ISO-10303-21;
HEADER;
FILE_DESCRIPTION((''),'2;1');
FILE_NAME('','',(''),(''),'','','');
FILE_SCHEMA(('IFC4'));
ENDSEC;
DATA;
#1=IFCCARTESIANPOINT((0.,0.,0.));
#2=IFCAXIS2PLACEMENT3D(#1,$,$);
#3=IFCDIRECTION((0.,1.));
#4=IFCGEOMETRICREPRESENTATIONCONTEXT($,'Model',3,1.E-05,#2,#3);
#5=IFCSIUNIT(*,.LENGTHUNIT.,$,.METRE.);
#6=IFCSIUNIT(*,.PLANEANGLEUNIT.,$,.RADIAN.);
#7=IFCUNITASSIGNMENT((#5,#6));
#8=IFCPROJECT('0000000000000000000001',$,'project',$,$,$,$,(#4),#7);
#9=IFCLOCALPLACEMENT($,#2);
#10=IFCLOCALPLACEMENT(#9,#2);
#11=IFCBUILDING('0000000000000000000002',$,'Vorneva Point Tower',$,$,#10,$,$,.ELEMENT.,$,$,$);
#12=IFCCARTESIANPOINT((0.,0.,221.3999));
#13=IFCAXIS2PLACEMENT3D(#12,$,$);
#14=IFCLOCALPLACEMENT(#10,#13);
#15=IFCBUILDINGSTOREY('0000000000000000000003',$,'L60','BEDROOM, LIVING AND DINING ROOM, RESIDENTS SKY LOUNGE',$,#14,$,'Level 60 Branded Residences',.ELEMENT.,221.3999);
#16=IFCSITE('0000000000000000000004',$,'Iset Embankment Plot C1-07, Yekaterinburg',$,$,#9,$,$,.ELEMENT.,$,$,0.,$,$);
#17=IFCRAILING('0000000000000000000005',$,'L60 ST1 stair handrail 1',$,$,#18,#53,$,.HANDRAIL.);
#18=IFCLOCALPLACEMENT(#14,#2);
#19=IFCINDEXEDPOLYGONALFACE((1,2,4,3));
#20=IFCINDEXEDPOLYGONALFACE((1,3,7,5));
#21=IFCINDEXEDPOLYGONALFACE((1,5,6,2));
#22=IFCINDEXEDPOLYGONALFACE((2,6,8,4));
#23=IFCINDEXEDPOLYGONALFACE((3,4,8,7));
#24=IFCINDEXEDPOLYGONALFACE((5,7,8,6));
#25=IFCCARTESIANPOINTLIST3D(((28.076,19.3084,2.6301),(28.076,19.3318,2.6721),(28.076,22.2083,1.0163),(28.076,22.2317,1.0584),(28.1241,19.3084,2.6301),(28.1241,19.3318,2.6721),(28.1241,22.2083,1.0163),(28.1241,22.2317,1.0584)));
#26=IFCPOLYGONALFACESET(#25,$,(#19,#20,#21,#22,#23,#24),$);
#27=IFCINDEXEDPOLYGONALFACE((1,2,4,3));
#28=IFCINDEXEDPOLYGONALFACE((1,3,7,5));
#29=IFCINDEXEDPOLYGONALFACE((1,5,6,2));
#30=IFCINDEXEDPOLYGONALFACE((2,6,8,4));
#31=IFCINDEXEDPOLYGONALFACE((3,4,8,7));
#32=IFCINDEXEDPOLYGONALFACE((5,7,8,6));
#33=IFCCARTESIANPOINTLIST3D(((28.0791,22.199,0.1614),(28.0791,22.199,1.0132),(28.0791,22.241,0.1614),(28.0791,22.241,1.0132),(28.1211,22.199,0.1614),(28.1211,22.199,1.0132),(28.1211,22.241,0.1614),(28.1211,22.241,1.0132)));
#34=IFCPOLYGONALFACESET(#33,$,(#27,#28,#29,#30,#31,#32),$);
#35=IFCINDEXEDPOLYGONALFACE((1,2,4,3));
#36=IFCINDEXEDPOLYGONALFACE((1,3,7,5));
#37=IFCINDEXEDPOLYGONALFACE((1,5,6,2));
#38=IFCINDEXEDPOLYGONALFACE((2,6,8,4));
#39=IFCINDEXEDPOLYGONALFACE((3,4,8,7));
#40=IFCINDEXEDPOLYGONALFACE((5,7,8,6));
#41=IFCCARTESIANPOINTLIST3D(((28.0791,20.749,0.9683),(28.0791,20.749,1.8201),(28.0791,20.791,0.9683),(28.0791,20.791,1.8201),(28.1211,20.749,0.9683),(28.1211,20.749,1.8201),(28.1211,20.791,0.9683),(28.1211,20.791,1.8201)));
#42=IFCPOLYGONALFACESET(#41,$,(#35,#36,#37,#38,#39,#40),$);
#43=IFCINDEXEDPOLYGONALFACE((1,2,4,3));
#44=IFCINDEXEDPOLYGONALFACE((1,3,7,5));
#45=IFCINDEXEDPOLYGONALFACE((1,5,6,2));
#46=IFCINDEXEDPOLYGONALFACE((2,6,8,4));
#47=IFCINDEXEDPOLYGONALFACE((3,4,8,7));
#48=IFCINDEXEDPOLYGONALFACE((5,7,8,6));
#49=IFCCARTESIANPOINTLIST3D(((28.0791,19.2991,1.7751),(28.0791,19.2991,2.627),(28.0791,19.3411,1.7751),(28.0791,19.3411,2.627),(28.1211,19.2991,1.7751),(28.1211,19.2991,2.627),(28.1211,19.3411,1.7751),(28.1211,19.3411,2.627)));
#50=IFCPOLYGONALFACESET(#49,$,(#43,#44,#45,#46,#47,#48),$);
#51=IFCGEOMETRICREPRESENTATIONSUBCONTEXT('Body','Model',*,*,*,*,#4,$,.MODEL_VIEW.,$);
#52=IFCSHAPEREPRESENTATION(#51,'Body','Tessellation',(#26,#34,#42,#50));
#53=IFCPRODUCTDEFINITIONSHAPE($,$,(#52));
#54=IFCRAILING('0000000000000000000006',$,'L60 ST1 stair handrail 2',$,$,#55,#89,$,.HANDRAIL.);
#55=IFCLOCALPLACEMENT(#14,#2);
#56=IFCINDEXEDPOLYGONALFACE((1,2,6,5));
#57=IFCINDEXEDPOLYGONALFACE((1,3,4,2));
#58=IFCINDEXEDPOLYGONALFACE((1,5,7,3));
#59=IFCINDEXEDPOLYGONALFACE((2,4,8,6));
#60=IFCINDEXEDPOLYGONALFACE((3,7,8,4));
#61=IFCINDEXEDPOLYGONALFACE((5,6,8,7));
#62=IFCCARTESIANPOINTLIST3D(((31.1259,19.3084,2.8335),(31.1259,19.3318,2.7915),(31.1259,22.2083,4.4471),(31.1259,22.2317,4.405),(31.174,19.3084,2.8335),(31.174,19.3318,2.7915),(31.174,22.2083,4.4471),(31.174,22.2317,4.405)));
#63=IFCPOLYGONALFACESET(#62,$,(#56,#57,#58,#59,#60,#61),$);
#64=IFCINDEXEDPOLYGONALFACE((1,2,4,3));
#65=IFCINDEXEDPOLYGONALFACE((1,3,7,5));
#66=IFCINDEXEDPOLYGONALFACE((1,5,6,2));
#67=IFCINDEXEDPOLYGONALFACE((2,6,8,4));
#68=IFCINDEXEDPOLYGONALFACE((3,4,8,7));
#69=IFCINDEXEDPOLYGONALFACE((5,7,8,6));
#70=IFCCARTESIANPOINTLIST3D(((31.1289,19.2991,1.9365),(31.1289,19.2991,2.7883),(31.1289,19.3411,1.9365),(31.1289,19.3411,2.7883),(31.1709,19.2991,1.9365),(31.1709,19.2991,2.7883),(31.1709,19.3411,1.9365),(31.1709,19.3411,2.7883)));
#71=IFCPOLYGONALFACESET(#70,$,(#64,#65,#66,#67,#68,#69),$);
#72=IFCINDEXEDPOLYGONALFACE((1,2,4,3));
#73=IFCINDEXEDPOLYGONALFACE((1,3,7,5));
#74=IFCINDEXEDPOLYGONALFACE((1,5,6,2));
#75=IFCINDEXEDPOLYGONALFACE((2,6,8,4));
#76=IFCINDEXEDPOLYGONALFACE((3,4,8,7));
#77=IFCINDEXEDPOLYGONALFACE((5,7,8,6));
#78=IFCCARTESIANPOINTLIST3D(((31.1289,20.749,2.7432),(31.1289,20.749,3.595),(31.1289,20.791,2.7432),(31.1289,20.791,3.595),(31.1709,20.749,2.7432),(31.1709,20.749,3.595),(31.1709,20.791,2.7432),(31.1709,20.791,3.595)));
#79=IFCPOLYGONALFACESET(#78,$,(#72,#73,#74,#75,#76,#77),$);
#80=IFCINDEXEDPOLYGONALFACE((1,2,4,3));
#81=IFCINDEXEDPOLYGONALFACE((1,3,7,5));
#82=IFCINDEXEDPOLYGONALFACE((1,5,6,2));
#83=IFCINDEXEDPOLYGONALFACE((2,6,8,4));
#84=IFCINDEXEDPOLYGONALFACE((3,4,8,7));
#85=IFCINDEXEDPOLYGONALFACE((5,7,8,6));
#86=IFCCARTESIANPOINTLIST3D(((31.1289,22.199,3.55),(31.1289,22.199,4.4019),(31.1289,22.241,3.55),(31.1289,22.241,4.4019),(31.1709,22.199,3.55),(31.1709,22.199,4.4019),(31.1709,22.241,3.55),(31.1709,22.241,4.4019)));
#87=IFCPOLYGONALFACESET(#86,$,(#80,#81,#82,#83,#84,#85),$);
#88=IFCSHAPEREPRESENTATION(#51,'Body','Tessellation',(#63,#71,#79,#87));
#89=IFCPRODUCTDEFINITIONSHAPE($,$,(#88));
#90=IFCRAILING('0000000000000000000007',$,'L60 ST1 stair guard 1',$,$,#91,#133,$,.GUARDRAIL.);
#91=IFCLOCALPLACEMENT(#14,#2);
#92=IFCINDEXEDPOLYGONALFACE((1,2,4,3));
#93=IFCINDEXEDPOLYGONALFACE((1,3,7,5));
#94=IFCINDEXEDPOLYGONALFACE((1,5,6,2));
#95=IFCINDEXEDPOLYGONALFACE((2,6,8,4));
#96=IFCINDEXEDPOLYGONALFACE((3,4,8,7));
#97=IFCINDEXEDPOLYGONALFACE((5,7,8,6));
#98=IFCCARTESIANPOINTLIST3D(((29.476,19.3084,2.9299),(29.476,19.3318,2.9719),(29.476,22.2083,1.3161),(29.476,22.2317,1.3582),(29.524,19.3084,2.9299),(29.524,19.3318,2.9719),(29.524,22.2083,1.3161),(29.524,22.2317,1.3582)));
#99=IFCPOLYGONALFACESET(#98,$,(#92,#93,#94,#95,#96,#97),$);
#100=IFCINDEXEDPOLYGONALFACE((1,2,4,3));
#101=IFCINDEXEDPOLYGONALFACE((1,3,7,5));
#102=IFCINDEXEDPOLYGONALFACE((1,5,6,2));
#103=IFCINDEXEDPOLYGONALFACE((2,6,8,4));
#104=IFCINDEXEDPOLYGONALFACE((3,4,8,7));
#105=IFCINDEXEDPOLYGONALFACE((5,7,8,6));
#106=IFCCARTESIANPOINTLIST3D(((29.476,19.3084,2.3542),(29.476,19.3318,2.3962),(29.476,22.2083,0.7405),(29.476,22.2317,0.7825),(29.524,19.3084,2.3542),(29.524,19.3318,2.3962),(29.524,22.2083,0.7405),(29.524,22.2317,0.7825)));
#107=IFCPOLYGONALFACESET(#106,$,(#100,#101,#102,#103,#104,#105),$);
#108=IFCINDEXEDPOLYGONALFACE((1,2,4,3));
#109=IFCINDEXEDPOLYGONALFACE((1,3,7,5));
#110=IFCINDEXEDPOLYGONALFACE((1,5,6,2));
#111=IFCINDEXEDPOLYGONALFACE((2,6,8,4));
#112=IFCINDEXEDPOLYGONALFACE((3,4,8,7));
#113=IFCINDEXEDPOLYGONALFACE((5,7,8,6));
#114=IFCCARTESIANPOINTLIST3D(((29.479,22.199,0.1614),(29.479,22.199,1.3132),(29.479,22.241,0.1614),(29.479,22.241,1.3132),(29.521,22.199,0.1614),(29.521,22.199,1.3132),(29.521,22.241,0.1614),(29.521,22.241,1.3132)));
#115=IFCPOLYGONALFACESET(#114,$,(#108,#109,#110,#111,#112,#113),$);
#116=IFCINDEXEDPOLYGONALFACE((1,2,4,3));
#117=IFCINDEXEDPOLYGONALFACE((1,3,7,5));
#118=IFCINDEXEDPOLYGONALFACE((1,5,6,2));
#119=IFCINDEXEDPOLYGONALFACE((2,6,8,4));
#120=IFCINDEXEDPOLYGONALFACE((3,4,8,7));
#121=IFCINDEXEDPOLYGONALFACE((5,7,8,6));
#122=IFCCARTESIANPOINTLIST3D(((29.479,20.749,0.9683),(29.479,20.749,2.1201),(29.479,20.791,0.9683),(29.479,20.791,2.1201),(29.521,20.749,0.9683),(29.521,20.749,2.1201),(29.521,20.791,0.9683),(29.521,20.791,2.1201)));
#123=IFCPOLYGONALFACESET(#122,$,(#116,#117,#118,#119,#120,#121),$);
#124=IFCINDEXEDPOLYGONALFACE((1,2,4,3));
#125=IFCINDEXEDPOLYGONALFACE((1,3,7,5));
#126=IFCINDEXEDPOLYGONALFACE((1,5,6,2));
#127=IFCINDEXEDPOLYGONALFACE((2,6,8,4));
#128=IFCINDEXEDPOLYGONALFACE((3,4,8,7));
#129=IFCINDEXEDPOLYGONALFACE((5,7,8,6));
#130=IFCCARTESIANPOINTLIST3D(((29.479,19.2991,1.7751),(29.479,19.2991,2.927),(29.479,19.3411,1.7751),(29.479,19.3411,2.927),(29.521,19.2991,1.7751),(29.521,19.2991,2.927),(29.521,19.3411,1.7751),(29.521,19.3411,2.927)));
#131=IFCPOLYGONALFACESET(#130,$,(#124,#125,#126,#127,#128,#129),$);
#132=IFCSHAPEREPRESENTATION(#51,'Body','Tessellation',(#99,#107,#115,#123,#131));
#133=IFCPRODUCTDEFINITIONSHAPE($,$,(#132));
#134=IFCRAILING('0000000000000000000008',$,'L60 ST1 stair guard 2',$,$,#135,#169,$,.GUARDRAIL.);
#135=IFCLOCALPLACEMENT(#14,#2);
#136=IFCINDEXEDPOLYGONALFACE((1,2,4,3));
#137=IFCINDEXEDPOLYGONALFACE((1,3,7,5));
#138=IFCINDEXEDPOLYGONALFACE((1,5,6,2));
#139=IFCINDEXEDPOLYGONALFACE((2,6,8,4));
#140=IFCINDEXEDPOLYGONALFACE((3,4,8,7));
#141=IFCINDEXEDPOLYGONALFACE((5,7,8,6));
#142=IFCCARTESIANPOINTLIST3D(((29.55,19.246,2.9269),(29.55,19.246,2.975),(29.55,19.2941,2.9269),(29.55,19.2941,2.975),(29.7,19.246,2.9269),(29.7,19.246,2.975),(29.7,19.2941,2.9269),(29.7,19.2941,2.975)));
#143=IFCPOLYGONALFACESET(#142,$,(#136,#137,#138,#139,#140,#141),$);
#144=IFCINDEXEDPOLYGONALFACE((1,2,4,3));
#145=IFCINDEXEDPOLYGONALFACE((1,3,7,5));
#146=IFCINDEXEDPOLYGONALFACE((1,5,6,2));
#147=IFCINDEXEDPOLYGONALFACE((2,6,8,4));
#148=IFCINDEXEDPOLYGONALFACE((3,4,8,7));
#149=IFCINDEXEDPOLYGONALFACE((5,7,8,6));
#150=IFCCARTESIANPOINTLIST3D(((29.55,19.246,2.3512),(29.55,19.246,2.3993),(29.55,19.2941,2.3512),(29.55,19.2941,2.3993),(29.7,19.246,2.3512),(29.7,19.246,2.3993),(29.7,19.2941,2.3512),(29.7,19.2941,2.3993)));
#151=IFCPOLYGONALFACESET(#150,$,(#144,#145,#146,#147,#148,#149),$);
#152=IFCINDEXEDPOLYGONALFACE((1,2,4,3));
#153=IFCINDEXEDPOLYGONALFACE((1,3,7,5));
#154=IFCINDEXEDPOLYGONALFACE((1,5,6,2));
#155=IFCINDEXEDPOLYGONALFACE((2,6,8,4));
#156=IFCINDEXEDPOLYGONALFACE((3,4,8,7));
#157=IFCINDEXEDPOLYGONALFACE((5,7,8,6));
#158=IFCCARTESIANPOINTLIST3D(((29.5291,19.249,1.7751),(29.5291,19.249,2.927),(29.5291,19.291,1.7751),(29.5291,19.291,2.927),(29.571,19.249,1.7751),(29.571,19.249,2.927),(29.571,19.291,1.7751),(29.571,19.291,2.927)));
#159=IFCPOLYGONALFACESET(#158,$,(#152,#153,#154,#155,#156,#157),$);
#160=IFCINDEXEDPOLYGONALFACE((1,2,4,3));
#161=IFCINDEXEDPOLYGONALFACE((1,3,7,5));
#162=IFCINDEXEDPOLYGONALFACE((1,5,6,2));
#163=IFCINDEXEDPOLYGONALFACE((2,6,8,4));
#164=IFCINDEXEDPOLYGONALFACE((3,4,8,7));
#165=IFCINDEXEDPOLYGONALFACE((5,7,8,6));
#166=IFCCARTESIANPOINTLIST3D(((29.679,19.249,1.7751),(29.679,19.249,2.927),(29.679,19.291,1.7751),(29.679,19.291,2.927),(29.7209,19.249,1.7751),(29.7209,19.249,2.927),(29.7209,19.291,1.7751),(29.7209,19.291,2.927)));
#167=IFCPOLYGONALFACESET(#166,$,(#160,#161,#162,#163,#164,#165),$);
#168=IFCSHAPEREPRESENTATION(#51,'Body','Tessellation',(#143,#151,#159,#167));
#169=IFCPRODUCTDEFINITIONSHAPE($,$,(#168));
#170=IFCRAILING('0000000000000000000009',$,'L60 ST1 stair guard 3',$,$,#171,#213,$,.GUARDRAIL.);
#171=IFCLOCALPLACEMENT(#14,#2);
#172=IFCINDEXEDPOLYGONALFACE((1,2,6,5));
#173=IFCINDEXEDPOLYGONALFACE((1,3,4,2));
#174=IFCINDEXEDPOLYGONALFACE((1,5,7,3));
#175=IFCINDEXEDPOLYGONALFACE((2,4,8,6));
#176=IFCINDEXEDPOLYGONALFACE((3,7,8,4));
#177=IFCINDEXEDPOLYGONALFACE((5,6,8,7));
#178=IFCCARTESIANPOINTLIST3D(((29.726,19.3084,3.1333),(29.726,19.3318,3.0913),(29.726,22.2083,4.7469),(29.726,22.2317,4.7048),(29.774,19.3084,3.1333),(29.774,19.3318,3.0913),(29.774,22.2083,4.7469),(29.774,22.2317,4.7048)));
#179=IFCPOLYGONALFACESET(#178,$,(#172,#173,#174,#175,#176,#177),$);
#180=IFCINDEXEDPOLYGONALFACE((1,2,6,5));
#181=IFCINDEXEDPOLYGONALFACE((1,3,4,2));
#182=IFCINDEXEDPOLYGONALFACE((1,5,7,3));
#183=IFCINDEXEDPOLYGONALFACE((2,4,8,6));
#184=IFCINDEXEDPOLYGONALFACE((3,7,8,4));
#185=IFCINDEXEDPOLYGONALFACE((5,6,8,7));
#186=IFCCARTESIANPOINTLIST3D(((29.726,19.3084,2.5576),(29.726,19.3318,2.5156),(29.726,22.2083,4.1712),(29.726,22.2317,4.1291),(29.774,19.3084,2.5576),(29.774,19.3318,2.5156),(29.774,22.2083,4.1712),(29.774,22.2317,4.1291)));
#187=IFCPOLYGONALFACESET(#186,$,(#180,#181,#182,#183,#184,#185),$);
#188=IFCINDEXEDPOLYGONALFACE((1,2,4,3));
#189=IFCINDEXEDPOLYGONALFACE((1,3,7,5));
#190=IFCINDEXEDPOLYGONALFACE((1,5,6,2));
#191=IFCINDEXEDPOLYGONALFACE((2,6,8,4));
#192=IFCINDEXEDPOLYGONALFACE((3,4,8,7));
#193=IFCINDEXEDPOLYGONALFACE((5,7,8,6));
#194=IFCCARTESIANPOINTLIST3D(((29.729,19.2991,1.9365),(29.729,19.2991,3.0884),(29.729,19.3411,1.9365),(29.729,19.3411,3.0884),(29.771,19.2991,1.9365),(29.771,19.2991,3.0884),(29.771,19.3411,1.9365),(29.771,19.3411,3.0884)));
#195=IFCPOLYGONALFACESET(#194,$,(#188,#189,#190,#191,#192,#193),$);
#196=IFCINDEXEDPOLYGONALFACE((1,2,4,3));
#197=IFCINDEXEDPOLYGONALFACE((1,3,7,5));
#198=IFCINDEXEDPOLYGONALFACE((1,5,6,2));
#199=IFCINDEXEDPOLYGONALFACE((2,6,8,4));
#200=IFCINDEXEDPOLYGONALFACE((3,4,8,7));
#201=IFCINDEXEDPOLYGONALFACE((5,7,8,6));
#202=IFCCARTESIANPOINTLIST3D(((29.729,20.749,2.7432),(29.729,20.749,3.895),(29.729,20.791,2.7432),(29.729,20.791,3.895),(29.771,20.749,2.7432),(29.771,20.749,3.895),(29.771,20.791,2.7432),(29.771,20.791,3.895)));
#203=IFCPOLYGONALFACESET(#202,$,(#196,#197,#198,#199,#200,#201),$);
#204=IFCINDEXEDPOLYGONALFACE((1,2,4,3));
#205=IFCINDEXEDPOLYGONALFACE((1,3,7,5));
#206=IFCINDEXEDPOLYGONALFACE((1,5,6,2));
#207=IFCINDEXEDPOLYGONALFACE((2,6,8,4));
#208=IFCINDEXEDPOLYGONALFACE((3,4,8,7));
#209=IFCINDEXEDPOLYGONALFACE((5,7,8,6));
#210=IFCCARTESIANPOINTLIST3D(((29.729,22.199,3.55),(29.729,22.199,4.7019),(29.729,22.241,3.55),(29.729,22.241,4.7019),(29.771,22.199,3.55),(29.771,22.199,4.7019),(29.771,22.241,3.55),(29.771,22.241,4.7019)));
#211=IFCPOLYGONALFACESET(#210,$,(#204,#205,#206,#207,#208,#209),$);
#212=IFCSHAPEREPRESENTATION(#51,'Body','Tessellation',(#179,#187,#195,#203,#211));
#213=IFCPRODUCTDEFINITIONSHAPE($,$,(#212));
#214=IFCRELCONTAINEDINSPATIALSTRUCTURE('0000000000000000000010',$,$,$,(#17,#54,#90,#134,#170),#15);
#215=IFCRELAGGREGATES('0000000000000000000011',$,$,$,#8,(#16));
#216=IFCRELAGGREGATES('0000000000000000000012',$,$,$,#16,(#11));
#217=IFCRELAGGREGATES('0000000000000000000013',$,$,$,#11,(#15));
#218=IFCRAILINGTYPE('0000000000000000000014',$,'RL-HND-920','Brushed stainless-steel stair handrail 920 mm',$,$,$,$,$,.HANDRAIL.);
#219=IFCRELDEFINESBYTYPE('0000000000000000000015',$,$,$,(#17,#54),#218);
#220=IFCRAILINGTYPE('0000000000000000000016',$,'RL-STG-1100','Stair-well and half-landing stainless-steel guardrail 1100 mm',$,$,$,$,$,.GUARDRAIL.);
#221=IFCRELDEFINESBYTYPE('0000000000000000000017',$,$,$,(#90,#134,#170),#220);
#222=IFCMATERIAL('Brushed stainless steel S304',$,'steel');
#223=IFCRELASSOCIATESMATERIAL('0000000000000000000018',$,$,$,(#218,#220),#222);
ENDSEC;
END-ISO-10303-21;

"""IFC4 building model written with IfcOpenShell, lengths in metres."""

from ifc_helpers import new_model, si_unit, direction, frame, origin, origin_2d, place, context, subcontext, project, spatial, rectangle, extrude, material, type_object, element, save


model = new_model("IFC4")

# Units and contexts
model_context = context("Model", 3, precision=1e-05, world=origin(), true_north=direction((0.0, 1.0)))
body_context = subcontext(model_context, "Body", "Model", "MODEL_VIEW")
ifc_project = project(units=[si_unit("LENGTHUNIT", "METRE"), si_unit("PLANEANGLEUNIT", "RADIAN")], contexts=[model_context])

# Site, building, storey
site_placement = place(None, origin())
site = spatial("IfcSite", under=ifc_project, at=site_placement, Name="Iset Embankment Plot C1-07, Yekaterinburg", CompositionType="ELEMENT", RefElevation=0.0)
building_placement = place(site_placement, origin())
building = spatial("IfcBuilding", under=site, at=building_placement, Name="Vorneva Point Tower", CompositionType="ELEMENT")
storey_placement = place(building_placement, frame((0.0, 0.0, 221.3999)))
storey = spatial("IfcBuildingStorey", under=building, at=storey_placement, Name="L60", Description="BEDROOM, LIVING AND DINING ROOM, RESIDENTS SKY LOUNGE", LongName="Level 60 Branded Residences", CompositionType="ELEMENT", Elevation=221.3999)

# Shared definitions
ifc_material_1 = material(Name="Brushed stainless steel S304", Category="steel")

# Railings
railing_type_1 = type_object("IfcRailingType", Name="RL-HND-920", Description="Brushed stainless-steel stair handrail 920 mm", PredefinedType="HANDRAIL", material=ifc_material_1)
railing_1_placement = place(storey_placement, frame((28.1001, 22.22, 0.1614)))
element("IfcRailing", 1, at=railing_1_placement, inside=storey, type_object=railing_type_1, Name="L60 ST1 stair handrail 1", PredefinedType="HANDRAIL", context=body_context, shape_type="SweptSolid", body=[
    extrude(rectangle(XDim=0.0481, YDim=0.0481, at=origin_2d()), frame((0.0, 0.0, 0.876), z_axis=(0.0, -0.87381, 0.486267), x_axis=(1.0, 0.0, 0.0)), (0.0, 0.0, 1.0), 3.3186),
    extrude(rectangle(XDim=0.042, YDim=0.042, at=origin_2d()), origin(), (0.0, 0.0, 1.0), 0.8518),
    extrude(rectangle(XDim=0.042, YDim=0.042, at=origin_2d()), frame((0.0, -1.45, 0.8069)), (0.0, 0.0, 1.0), 0.8518),
    extrude(rectangle(XDim=0.042, YDim=0.042, at=origin_2d()), frame((0.0, -2.8999, 1.6138)), (0.0, 0.0, 1.0), 0.8518),
])
railing_2_placement = place(storey_placement, frame((31.1499, 19.3201, 1.9365)))
element("IfcRailing", 2, at=railing_2_placement, inside=storey, type_object=railing_type_1, Name="L60 ST1 stair handrail 2", PredefinedType="HANDRAIL", context=body_context, shape_type="SweptSolid", body=[
    extrude(rectangle(XDim=0.0481, YDim=0.0481, at=origin_2d()), frame((0.0, 0.0, 0.876), z_axis=(0.0, 0.873841, 0.486211), x_axis=(-1.0, 0.0, 0.0)), (0.0, 0.0, 1.0), 3.3186),
    extrude(rectangle(XDim=0.042, YDim=0.042, at=origin_2d()), origin(), (0.0, 0.0, 1.0), 0.8518),
    extrude(rectangle(XDim=0.042, YDim=0.042, at=origin_2d()), frame((0.0, 1.45, 0.8066)), (0.0, 0.0, 1.0), 0.8518),
    extrude(rectangle(XDim=0.042, YDim=0.042, at=origin_2d()), frame((0.0, 2.8999, 1.6135)), (0.0, 0.0, 1.0), 0.8518),
])
railing_type_2 = type_object("IfcRailingType", Name="RL-STG-1100", Description="Stair-well and half-landing stainless-steel guardrail 1100 mm", PredefinedType="GUARDRAIL", material=ifc_material_1)
railing_3_placement = place(storey_placement, frame((29.5, 22.22, 0.1614)))
element("IfcRailing", 3, at=railing_3_placement, inside=storey, type_object=railing_type_2, Name="L60 ST1 stair guard 1", PredefinedType="GUARDRAIL", context=body_context, shape_type="SweptSolid", body=[
    extrude(rectangle(XDim=0.0481, YDim=0.0481, at=origin_2d()), frame((0.0, 0.0, 1.1758), z_axis=(0.0, -0.87381, 0.486267), x_axis=(1.0, 0.0, 0.0)), (0.0, 0.0, 1.0), 3.3186),
    extrude(rectangle(XDim=0.0481, YDim=0.0481, at=origin_2d()), frame((0.0, 0.0, 0.6001), z_axis=(0.0, -0.87381, 0.486267), x_axis=(1.0, 0.0, 0.0)), (0.0, 0.0, 1.0), 3.3186),
    extrude(rectangle(XDim=0.042, YDim=0.042, at=origin_2d()), origin(), (0.0, 0.0, 1.0), 1.1519),
    extrude(rectangle(XDim=0.042, YDim=0.042, at=origin_2d()), frame((0.0, -1.45, 0.8069)), (0.0, 0.0, 1.0), 1.1519),
    extrude(rectangle(XDim=0.042, YDim=0.042, at=origin_2d()), frame((0.0, -2.8999, 1.6138)), (0.0, 0.0, 1.0), 1.1519),
])
railing_4_placement = place(storey_placement, frame((29.55, 19.27, 1.7751)))
element("IfcRailing", 4, at=railing_4_placement, inside=storey, type_object=railing_type_2, Name="L60 ST1 stair guard 2", PredefinedType="GUARDRAIL", context=body_context, shape_type="SweptSolid", body=[
    extrude(rectangle(XDim=0.0481, YDim=0.0481, at=origin_2d()), frame((0.0, 0.0, 1.1758), z_axis=(1.0, 0.0, 0.0), x_axis=(0.0, 1.0, 0.0)), (0.0, 0.0, 1.0), 0.1499),
    extrude(rectangle(XDim=0.0481, YDim=0.0481, at=origin_2d()), frame((0.0, 0.0, 0.6001), z_axis=(1.0, 0.0, 0.0), x_axis=(0.0, 1.0, 0.0)), (0.0, 0.0, 1.0), 0.1499),
    extrude(rectangle(XDim=0.042, YDim=0.042, at=origin_2d()), origin(), (0.0, 0.0, 1.0), 1.1519),
    extrude(rectangle(XDim=0.042, YDim=0.042, at=origin_2d()), frame((0.1499, 0.0, 0.0)), (0.0, 0.0, 1.0), 1.1519),
])
railing_5_placement = place(storey_placement, frame((29.75, 19.3201, 1.9365)))
element("IfcRailing", 5, at=railing_5_placement, inside=storey, type_object=railing_type_2, Name="L60 ST1 stair guard 3", PredefinedType="GUARDRAIL", context=body_context, shape_type="SweptSolid", body=[
    extrude(rectangle(XDim=0.0481, YDim=0.0481, at=origin_2d()), frame((0.0, 0.0, 1.1758), z_axis=(0.0, 0.873841, 0.486211), x_axis=(-1.0, 0.0, 0.0)), (0.0, 0.0, 1.0), 3.3186),
    extrude(rectangle(XDim=0.0481, YDim=0.0481, at=origin_2d()), frame((0.0, 0.0, 0.6001), z_axis=(0.0, 0.873841, 0.486211), x_axis=(-1.0, 0.0, 0.0)), (0.0, 0.0, 1.0), 3.3186),
    extrude(rectangle(XDim=0.042, YDim=0.042, at=origin_2d()), origin(), (0.0, 0.0, 1.0), 1.1519),
    extrude(rectangle(XDim=0.042, YDim=0.042, at=origin_2d()), frame((0.0, 1.45, 0.8066)), (0.0, 0.0, 1.0), 1.1519),
    extrude(rectangle(XDim=0.042, YDim=0.042, at=origin_2d()), frame((0.0, 2.8999, 1.6135)), (0.0, 0.0, 1.0), 1.1519),
])

save(model, "model.ifc")
